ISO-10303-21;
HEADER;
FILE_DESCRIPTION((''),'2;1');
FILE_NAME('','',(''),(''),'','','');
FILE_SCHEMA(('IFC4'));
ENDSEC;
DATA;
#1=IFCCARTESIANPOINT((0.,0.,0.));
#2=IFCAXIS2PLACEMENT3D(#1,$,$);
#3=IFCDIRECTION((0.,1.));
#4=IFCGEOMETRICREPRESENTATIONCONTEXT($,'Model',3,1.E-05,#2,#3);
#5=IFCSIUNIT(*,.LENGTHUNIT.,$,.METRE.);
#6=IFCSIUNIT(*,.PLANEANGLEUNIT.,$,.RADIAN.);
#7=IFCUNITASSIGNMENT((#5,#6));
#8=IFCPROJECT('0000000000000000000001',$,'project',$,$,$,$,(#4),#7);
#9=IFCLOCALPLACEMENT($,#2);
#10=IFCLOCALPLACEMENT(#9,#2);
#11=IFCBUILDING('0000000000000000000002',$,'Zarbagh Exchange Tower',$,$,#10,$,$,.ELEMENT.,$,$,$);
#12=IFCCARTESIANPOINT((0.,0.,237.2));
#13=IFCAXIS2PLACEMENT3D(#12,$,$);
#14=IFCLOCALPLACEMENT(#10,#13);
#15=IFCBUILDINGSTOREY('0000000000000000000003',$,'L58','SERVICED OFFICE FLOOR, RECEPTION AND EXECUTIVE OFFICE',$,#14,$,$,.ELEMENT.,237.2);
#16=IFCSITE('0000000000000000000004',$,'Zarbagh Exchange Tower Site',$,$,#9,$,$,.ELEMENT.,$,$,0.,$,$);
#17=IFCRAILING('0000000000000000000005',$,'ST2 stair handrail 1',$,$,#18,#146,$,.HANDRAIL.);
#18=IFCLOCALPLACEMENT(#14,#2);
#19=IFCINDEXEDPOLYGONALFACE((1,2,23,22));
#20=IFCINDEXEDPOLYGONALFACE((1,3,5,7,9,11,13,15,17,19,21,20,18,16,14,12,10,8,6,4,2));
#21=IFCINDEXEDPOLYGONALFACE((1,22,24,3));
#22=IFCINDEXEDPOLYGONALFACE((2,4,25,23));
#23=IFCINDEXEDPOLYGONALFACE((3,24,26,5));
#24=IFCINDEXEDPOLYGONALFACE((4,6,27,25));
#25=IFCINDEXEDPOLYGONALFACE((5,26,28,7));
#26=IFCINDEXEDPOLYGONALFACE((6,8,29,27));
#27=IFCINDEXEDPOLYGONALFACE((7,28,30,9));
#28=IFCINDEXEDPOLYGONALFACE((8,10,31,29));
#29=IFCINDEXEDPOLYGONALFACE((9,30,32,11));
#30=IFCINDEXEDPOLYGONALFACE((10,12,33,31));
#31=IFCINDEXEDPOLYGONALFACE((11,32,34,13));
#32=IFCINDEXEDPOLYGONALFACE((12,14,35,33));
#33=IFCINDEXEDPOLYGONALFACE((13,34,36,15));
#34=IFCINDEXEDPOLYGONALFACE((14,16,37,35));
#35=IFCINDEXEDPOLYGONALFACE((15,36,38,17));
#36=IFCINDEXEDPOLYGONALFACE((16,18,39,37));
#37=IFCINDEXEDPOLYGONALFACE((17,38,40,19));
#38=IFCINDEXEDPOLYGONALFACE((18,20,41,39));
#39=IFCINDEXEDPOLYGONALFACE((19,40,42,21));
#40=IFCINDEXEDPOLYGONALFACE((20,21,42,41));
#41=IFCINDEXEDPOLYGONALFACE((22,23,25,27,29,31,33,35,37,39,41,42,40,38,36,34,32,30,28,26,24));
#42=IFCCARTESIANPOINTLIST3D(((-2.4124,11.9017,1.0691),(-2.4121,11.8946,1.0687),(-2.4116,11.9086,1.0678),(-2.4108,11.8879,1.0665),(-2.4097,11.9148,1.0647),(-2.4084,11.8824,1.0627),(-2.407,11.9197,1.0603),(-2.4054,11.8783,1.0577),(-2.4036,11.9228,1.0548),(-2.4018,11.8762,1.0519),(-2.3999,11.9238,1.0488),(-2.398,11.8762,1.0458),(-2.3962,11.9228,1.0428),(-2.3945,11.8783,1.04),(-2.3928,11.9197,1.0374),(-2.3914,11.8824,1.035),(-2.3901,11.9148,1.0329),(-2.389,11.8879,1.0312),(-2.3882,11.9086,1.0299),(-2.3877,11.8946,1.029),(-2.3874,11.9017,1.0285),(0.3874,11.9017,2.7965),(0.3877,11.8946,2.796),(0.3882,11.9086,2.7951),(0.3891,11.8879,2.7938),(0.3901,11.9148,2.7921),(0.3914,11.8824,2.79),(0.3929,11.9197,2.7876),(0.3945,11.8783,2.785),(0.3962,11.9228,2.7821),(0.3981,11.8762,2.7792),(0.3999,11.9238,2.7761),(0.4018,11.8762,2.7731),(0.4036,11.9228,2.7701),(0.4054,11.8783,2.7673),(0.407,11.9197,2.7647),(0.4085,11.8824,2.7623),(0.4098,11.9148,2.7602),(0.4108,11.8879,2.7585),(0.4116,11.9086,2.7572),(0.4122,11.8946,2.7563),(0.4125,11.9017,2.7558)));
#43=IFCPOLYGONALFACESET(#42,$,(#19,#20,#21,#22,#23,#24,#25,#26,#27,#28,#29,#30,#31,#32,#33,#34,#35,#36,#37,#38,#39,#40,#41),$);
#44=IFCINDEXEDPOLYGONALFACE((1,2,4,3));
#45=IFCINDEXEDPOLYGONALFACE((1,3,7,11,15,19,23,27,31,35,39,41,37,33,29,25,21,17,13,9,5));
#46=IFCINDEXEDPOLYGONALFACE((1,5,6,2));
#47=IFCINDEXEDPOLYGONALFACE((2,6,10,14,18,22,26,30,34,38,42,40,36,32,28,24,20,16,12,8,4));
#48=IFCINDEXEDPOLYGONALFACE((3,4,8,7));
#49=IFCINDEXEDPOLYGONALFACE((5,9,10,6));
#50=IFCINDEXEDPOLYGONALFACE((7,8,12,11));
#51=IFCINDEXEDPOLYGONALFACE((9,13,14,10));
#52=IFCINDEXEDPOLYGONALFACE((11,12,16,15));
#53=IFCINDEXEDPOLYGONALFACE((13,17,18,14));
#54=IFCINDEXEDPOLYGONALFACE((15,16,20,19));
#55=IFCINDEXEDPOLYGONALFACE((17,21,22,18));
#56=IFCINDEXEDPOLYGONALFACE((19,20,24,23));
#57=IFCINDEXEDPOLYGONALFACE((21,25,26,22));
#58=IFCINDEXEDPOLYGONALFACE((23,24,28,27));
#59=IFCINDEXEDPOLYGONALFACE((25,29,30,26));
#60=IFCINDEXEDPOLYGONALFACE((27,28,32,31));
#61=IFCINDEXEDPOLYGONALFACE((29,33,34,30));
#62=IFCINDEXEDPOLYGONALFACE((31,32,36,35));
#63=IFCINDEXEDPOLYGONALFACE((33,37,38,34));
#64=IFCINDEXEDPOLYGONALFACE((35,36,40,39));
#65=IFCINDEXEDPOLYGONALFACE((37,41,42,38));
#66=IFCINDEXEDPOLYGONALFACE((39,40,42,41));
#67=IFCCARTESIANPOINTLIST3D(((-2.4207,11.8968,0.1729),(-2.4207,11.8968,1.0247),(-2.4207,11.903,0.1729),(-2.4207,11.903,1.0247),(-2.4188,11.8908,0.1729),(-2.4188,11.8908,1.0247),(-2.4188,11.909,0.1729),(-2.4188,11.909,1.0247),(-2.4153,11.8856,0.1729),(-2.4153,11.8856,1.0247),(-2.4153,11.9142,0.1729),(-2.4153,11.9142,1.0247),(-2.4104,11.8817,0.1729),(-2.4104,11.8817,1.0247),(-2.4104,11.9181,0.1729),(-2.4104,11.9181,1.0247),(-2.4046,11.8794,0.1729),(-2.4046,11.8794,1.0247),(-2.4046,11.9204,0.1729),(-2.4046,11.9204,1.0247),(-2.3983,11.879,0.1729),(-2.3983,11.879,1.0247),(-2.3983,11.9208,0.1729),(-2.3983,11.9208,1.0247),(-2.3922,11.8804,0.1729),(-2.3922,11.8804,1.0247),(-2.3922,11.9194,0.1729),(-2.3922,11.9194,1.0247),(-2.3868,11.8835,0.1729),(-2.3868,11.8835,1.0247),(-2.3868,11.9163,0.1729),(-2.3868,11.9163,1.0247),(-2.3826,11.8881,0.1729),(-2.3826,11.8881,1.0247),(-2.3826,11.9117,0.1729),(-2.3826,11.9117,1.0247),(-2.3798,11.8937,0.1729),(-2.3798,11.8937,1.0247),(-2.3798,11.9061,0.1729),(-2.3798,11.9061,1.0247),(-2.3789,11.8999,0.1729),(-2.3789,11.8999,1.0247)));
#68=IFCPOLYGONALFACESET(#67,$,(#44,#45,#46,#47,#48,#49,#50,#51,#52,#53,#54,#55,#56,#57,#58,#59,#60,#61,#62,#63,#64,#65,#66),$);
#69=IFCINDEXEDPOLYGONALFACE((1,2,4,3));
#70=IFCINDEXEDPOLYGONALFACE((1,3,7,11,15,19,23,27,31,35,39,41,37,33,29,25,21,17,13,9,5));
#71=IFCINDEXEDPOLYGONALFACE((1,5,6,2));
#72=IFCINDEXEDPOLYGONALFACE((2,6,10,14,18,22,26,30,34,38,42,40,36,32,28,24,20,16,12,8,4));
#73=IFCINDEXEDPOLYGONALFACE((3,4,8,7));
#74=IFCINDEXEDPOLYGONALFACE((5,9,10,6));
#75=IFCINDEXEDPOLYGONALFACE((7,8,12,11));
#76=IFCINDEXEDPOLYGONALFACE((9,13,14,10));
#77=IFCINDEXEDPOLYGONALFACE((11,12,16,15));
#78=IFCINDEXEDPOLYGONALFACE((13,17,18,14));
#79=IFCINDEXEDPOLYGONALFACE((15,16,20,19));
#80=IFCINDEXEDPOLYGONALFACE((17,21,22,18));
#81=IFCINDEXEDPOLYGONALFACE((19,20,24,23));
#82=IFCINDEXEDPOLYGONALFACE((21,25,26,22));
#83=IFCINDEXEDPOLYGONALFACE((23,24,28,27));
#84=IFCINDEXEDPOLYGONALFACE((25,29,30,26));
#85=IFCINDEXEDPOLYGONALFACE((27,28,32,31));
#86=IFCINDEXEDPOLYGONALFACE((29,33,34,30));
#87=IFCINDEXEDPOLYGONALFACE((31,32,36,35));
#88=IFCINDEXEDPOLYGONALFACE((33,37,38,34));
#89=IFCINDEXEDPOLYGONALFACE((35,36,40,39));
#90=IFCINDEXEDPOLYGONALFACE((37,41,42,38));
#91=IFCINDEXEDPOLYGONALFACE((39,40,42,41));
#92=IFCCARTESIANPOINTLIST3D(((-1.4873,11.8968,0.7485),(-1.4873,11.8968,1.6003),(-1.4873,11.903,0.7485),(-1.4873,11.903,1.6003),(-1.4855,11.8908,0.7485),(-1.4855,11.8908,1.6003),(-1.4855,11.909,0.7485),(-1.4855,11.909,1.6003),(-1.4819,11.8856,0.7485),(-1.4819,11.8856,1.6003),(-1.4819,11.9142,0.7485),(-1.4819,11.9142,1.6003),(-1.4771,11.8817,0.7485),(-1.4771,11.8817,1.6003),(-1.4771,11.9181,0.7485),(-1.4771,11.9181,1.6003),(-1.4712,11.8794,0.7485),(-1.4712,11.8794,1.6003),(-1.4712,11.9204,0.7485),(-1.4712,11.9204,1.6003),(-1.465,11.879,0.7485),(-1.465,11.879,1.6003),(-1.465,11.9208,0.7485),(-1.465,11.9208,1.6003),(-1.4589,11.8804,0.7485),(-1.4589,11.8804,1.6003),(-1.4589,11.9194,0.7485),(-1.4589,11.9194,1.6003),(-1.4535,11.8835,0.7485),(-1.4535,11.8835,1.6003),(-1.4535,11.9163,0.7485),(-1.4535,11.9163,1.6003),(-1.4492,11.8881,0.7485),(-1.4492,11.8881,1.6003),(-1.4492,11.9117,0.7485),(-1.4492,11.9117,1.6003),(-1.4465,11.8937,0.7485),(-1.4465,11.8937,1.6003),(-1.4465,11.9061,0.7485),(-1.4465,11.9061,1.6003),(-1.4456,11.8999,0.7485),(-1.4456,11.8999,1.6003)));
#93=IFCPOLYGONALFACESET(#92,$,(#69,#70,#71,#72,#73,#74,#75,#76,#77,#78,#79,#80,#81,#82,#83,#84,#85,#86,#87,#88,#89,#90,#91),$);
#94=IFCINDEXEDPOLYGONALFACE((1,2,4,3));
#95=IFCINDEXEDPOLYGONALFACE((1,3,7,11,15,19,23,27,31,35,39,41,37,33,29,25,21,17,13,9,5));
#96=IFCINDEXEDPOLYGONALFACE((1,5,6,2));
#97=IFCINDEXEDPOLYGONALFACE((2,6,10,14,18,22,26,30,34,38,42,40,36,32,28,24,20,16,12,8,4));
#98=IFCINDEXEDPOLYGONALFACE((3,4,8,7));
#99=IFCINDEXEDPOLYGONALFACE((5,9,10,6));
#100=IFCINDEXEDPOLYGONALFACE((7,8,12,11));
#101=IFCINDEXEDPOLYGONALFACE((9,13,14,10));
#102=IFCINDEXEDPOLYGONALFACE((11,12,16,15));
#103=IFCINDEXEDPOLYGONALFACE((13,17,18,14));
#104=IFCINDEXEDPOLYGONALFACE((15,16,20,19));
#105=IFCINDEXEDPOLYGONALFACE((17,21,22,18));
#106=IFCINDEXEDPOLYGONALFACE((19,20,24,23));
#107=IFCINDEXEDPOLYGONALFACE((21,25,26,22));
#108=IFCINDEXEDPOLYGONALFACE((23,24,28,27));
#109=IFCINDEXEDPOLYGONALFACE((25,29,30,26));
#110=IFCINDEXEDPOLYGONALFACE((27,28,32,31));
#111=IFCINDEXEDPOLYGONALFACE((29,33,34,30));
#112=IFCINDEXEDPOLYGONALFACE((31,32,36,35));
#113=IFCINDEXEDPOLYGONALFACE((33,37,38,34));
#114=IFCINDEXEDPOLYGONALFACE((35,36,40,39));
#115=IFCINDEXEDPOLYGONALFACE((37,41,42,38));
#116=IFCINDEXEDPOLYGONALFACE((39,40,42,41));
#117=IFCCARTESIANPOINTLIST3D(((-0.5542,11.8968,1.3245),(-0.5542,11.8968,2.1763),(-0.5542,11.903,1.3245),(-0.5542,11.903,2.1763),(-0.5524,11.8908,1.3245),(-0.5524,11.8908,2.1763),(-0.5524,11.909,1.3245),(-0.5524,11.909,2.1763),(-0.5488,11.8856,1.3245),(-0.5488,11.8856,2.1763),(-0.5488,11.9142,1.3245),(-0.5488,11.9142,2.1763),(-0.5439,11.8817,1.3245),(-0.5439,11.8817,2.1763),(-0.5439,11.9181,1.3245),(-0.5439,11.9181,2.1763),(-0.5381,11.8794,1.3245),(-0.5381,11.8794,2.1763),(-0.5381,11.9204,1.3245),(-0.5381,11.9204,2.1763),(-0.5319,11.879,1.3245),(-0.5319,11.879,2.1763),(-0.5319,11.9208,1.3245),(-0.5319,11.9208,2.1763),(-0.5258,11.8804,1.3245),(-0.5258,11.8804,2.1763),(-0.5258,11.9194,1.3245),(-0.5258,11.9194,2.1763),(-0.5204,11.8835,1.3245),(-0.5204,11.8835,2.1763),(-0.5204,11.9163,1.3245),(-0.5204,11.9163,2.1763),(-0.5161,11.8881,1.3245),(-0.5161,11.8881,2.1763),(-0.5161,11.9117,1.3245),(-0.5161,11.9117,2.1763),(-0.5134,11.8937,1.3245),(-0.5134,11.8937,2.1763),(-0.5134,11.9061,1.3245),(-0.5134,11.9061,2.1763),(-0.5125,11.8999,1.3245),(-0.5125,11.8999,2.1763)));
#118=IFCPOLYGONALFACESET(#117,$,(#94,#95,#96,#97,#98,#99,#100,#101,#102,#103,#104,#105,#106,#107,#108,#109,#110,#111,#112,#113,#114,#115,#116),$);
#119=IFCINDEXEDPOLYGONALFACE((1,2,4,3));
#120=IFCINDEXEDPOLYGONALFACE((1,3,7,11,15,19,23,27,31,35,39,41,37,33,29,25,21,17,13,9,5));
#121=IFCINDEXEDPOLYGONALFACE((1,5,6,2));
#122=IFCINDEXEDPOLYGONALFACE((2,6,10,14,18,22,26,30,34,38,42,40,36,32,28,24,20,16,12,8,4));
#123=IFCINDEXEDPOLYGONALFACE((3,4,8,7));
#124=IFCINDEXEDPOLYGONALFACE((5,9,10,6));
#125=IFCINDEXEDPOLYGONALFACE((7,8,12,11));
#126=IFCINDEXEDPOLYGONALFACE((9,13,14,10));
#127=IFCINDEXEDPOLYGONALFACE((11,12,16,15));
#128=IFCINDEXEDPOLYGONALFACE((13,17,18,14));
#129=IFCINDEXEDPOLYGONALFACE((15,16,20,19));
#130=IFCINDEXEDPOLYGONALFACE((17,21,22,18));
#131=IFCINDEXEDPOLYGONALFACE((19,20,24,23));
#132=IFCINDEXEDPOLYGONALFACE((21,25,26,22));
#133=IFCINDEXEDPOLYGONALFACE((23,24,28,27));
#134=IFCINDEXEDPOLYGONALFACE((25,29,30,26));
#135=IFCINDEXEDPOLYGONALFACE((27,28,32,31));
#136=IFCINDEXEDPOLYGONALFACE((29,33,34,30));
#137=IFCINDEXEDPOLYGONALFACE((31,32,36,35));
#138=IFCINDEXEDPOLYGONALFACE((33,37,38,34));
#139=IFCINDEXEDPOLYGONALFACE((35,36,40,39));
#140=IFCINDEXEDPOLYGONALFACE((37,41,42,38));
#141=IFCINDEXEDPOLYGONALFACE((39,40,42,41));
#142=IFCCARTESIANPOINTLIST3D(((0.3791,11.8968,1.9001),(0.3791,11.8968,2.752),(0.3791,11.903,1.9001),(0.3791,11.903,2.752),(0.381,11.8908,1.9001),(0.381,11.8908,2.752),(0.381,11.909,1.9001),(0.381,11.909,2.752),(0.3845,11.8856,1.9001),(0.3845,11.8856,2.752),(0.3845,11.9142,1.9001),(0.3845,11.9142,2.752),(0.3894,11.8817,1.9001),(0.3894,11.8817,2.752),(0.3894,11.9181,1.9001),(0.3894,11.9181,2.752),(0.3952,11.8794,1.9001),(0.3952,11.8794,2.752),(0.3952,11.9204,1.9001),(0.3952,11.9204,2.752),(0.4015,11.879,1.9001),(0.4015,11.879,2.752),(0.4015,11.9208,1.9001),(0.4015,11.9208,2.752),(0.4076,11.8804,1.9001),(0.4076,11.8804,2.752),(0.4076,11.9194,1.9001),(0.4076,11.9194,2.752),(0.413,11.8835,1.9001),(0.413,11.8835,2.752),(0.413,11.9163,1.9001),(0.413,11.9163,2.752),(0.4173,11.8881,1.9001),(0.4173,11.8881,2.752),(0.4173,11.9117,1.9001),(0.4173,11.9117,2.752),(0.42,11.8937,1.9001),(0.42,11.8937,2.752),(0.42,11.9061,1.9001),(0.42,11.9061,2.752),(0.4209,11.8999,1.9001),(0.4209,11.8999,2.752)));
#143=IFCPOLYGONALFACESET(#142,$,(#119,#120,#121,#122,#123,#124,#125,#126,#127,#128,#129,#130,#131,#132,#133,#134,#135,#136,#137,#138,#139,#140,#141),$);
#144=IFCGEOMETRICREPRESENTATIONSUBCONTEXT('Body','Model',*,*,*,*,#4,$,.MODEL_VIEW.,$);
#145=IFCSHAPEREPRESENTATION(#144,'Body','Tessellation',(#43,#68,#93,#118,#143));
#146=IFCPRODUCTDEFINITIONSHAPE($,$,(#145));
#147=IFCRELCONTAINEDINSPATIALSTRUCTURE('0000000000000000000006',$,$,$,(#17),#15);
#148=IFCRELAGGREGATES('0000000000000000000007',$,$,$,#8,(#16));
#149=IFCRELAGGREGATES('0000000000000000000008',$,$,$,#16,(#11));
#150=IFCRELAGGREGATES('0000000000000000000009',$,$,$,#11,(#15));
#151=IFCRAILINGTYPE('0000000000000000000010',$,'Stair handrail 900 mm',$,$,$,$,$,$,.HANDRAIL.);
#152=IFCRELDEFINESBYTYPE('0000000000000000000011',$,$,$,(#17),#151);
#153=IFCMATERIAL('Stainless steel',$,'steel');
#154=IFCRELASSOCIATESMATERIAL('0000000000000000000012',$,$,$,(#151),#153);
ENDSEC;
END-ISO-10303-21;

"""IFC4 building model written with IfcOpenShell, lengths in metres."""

from ifc_helpers import new_model, si_unit, direction, frame, origin, origin_2d, place, context, subcontext, project, spatial, circle, extrude, material, type_object, element, save


model = new_model("IFC4")

# Units and contexts
model_context = context("Model", 3, precision=1e-05, world=origin(), true_north=direction((0.0, 1.0)))
body_context = subcontext(model_context, "Body", "Model", "MODEL_VIEW")
ifc_project = project(units=[si_unit("LENGTHUNIT", "METRE"), si_unit("PLANEANGLEUNIT", "RADIAN")], contexts=[model_context])

# Site, building, storey
site_placement = place(None, origin())
site = spatial("IfcSite", under=ifc_project, at=site_placement, Name="Zarbagh Exchange Tower Site", CompositionType="ELEMENT", RefElevation=0.0)
building_placement = place(site_placement, origin())
building = spatial("IfcBuilding", under=site, at=building_placement, Name="Zarbagh Exchange Tower", CompositionType="ELEMENT")
storey_placement = place(building_placement, frame((0.0, 0.0, 237.2)))
storey = spatial("IfcBuildingStorey", under=building, at=storey_placement, Name="L58", Description="SERVICED OFFICE FLOOR, RECEPTION AND EXECUTIVE OFFICE", CompositionType="ELEMENT", Elevation=237.2)

# Railing
ifc_material_1 = material(Name="Stainless steel", Category="steel")
railing_type_1 = type_object("IfcRailingType", Name="Stair handrail 900 mm", PredefinedType="HANDRAIL", material=ifc_material_1)
railing_1_placement = place(storey_placement, frame((-2.3999, 11.8999, 0.1729)))
element("IfcRailing", 1, at=railing_1_placement, inside=storey, type_object=railing_type_1, Name="ST2 stair handrail 1", PredefinedType="HANDRAIL", context=body_context, shape_type="SweptSolid", body=[
    extrude(circle(Radius=0.0239, at=origin_2d()), frame((0.0, 0.0, 0.876), z_axis=(0.851069, 0.0, 0.525054), x_axis=(0.0, 1.0, 0.0)), (0.0, 0.0, 1.0), 3.2898),
    extrude(circle(Radius=0.021, at=origin_2d()), origin(), (0.0, 0.0, 1.0), 0.8518),
    extrude(circle(Radius=0.021, at=origin_2d()), frame((0.9333, 0.0, 0.5757)), (0.0, 0.0, 1.0), 0.8518),
    extrude(circle(Radius=0.021, at=origin_2d()), frame((1.8665, 0.0, 1.1516)), (0.0, 0.0, 1.0), 0.8518),
    extrude(circle(Radius=0.021, at=origin_2d()), frame((2.7998, 0.0, 1.7273)), (0.0, 0.0, 1.0), 0.8518),
])

save(model, "model.ifc")
